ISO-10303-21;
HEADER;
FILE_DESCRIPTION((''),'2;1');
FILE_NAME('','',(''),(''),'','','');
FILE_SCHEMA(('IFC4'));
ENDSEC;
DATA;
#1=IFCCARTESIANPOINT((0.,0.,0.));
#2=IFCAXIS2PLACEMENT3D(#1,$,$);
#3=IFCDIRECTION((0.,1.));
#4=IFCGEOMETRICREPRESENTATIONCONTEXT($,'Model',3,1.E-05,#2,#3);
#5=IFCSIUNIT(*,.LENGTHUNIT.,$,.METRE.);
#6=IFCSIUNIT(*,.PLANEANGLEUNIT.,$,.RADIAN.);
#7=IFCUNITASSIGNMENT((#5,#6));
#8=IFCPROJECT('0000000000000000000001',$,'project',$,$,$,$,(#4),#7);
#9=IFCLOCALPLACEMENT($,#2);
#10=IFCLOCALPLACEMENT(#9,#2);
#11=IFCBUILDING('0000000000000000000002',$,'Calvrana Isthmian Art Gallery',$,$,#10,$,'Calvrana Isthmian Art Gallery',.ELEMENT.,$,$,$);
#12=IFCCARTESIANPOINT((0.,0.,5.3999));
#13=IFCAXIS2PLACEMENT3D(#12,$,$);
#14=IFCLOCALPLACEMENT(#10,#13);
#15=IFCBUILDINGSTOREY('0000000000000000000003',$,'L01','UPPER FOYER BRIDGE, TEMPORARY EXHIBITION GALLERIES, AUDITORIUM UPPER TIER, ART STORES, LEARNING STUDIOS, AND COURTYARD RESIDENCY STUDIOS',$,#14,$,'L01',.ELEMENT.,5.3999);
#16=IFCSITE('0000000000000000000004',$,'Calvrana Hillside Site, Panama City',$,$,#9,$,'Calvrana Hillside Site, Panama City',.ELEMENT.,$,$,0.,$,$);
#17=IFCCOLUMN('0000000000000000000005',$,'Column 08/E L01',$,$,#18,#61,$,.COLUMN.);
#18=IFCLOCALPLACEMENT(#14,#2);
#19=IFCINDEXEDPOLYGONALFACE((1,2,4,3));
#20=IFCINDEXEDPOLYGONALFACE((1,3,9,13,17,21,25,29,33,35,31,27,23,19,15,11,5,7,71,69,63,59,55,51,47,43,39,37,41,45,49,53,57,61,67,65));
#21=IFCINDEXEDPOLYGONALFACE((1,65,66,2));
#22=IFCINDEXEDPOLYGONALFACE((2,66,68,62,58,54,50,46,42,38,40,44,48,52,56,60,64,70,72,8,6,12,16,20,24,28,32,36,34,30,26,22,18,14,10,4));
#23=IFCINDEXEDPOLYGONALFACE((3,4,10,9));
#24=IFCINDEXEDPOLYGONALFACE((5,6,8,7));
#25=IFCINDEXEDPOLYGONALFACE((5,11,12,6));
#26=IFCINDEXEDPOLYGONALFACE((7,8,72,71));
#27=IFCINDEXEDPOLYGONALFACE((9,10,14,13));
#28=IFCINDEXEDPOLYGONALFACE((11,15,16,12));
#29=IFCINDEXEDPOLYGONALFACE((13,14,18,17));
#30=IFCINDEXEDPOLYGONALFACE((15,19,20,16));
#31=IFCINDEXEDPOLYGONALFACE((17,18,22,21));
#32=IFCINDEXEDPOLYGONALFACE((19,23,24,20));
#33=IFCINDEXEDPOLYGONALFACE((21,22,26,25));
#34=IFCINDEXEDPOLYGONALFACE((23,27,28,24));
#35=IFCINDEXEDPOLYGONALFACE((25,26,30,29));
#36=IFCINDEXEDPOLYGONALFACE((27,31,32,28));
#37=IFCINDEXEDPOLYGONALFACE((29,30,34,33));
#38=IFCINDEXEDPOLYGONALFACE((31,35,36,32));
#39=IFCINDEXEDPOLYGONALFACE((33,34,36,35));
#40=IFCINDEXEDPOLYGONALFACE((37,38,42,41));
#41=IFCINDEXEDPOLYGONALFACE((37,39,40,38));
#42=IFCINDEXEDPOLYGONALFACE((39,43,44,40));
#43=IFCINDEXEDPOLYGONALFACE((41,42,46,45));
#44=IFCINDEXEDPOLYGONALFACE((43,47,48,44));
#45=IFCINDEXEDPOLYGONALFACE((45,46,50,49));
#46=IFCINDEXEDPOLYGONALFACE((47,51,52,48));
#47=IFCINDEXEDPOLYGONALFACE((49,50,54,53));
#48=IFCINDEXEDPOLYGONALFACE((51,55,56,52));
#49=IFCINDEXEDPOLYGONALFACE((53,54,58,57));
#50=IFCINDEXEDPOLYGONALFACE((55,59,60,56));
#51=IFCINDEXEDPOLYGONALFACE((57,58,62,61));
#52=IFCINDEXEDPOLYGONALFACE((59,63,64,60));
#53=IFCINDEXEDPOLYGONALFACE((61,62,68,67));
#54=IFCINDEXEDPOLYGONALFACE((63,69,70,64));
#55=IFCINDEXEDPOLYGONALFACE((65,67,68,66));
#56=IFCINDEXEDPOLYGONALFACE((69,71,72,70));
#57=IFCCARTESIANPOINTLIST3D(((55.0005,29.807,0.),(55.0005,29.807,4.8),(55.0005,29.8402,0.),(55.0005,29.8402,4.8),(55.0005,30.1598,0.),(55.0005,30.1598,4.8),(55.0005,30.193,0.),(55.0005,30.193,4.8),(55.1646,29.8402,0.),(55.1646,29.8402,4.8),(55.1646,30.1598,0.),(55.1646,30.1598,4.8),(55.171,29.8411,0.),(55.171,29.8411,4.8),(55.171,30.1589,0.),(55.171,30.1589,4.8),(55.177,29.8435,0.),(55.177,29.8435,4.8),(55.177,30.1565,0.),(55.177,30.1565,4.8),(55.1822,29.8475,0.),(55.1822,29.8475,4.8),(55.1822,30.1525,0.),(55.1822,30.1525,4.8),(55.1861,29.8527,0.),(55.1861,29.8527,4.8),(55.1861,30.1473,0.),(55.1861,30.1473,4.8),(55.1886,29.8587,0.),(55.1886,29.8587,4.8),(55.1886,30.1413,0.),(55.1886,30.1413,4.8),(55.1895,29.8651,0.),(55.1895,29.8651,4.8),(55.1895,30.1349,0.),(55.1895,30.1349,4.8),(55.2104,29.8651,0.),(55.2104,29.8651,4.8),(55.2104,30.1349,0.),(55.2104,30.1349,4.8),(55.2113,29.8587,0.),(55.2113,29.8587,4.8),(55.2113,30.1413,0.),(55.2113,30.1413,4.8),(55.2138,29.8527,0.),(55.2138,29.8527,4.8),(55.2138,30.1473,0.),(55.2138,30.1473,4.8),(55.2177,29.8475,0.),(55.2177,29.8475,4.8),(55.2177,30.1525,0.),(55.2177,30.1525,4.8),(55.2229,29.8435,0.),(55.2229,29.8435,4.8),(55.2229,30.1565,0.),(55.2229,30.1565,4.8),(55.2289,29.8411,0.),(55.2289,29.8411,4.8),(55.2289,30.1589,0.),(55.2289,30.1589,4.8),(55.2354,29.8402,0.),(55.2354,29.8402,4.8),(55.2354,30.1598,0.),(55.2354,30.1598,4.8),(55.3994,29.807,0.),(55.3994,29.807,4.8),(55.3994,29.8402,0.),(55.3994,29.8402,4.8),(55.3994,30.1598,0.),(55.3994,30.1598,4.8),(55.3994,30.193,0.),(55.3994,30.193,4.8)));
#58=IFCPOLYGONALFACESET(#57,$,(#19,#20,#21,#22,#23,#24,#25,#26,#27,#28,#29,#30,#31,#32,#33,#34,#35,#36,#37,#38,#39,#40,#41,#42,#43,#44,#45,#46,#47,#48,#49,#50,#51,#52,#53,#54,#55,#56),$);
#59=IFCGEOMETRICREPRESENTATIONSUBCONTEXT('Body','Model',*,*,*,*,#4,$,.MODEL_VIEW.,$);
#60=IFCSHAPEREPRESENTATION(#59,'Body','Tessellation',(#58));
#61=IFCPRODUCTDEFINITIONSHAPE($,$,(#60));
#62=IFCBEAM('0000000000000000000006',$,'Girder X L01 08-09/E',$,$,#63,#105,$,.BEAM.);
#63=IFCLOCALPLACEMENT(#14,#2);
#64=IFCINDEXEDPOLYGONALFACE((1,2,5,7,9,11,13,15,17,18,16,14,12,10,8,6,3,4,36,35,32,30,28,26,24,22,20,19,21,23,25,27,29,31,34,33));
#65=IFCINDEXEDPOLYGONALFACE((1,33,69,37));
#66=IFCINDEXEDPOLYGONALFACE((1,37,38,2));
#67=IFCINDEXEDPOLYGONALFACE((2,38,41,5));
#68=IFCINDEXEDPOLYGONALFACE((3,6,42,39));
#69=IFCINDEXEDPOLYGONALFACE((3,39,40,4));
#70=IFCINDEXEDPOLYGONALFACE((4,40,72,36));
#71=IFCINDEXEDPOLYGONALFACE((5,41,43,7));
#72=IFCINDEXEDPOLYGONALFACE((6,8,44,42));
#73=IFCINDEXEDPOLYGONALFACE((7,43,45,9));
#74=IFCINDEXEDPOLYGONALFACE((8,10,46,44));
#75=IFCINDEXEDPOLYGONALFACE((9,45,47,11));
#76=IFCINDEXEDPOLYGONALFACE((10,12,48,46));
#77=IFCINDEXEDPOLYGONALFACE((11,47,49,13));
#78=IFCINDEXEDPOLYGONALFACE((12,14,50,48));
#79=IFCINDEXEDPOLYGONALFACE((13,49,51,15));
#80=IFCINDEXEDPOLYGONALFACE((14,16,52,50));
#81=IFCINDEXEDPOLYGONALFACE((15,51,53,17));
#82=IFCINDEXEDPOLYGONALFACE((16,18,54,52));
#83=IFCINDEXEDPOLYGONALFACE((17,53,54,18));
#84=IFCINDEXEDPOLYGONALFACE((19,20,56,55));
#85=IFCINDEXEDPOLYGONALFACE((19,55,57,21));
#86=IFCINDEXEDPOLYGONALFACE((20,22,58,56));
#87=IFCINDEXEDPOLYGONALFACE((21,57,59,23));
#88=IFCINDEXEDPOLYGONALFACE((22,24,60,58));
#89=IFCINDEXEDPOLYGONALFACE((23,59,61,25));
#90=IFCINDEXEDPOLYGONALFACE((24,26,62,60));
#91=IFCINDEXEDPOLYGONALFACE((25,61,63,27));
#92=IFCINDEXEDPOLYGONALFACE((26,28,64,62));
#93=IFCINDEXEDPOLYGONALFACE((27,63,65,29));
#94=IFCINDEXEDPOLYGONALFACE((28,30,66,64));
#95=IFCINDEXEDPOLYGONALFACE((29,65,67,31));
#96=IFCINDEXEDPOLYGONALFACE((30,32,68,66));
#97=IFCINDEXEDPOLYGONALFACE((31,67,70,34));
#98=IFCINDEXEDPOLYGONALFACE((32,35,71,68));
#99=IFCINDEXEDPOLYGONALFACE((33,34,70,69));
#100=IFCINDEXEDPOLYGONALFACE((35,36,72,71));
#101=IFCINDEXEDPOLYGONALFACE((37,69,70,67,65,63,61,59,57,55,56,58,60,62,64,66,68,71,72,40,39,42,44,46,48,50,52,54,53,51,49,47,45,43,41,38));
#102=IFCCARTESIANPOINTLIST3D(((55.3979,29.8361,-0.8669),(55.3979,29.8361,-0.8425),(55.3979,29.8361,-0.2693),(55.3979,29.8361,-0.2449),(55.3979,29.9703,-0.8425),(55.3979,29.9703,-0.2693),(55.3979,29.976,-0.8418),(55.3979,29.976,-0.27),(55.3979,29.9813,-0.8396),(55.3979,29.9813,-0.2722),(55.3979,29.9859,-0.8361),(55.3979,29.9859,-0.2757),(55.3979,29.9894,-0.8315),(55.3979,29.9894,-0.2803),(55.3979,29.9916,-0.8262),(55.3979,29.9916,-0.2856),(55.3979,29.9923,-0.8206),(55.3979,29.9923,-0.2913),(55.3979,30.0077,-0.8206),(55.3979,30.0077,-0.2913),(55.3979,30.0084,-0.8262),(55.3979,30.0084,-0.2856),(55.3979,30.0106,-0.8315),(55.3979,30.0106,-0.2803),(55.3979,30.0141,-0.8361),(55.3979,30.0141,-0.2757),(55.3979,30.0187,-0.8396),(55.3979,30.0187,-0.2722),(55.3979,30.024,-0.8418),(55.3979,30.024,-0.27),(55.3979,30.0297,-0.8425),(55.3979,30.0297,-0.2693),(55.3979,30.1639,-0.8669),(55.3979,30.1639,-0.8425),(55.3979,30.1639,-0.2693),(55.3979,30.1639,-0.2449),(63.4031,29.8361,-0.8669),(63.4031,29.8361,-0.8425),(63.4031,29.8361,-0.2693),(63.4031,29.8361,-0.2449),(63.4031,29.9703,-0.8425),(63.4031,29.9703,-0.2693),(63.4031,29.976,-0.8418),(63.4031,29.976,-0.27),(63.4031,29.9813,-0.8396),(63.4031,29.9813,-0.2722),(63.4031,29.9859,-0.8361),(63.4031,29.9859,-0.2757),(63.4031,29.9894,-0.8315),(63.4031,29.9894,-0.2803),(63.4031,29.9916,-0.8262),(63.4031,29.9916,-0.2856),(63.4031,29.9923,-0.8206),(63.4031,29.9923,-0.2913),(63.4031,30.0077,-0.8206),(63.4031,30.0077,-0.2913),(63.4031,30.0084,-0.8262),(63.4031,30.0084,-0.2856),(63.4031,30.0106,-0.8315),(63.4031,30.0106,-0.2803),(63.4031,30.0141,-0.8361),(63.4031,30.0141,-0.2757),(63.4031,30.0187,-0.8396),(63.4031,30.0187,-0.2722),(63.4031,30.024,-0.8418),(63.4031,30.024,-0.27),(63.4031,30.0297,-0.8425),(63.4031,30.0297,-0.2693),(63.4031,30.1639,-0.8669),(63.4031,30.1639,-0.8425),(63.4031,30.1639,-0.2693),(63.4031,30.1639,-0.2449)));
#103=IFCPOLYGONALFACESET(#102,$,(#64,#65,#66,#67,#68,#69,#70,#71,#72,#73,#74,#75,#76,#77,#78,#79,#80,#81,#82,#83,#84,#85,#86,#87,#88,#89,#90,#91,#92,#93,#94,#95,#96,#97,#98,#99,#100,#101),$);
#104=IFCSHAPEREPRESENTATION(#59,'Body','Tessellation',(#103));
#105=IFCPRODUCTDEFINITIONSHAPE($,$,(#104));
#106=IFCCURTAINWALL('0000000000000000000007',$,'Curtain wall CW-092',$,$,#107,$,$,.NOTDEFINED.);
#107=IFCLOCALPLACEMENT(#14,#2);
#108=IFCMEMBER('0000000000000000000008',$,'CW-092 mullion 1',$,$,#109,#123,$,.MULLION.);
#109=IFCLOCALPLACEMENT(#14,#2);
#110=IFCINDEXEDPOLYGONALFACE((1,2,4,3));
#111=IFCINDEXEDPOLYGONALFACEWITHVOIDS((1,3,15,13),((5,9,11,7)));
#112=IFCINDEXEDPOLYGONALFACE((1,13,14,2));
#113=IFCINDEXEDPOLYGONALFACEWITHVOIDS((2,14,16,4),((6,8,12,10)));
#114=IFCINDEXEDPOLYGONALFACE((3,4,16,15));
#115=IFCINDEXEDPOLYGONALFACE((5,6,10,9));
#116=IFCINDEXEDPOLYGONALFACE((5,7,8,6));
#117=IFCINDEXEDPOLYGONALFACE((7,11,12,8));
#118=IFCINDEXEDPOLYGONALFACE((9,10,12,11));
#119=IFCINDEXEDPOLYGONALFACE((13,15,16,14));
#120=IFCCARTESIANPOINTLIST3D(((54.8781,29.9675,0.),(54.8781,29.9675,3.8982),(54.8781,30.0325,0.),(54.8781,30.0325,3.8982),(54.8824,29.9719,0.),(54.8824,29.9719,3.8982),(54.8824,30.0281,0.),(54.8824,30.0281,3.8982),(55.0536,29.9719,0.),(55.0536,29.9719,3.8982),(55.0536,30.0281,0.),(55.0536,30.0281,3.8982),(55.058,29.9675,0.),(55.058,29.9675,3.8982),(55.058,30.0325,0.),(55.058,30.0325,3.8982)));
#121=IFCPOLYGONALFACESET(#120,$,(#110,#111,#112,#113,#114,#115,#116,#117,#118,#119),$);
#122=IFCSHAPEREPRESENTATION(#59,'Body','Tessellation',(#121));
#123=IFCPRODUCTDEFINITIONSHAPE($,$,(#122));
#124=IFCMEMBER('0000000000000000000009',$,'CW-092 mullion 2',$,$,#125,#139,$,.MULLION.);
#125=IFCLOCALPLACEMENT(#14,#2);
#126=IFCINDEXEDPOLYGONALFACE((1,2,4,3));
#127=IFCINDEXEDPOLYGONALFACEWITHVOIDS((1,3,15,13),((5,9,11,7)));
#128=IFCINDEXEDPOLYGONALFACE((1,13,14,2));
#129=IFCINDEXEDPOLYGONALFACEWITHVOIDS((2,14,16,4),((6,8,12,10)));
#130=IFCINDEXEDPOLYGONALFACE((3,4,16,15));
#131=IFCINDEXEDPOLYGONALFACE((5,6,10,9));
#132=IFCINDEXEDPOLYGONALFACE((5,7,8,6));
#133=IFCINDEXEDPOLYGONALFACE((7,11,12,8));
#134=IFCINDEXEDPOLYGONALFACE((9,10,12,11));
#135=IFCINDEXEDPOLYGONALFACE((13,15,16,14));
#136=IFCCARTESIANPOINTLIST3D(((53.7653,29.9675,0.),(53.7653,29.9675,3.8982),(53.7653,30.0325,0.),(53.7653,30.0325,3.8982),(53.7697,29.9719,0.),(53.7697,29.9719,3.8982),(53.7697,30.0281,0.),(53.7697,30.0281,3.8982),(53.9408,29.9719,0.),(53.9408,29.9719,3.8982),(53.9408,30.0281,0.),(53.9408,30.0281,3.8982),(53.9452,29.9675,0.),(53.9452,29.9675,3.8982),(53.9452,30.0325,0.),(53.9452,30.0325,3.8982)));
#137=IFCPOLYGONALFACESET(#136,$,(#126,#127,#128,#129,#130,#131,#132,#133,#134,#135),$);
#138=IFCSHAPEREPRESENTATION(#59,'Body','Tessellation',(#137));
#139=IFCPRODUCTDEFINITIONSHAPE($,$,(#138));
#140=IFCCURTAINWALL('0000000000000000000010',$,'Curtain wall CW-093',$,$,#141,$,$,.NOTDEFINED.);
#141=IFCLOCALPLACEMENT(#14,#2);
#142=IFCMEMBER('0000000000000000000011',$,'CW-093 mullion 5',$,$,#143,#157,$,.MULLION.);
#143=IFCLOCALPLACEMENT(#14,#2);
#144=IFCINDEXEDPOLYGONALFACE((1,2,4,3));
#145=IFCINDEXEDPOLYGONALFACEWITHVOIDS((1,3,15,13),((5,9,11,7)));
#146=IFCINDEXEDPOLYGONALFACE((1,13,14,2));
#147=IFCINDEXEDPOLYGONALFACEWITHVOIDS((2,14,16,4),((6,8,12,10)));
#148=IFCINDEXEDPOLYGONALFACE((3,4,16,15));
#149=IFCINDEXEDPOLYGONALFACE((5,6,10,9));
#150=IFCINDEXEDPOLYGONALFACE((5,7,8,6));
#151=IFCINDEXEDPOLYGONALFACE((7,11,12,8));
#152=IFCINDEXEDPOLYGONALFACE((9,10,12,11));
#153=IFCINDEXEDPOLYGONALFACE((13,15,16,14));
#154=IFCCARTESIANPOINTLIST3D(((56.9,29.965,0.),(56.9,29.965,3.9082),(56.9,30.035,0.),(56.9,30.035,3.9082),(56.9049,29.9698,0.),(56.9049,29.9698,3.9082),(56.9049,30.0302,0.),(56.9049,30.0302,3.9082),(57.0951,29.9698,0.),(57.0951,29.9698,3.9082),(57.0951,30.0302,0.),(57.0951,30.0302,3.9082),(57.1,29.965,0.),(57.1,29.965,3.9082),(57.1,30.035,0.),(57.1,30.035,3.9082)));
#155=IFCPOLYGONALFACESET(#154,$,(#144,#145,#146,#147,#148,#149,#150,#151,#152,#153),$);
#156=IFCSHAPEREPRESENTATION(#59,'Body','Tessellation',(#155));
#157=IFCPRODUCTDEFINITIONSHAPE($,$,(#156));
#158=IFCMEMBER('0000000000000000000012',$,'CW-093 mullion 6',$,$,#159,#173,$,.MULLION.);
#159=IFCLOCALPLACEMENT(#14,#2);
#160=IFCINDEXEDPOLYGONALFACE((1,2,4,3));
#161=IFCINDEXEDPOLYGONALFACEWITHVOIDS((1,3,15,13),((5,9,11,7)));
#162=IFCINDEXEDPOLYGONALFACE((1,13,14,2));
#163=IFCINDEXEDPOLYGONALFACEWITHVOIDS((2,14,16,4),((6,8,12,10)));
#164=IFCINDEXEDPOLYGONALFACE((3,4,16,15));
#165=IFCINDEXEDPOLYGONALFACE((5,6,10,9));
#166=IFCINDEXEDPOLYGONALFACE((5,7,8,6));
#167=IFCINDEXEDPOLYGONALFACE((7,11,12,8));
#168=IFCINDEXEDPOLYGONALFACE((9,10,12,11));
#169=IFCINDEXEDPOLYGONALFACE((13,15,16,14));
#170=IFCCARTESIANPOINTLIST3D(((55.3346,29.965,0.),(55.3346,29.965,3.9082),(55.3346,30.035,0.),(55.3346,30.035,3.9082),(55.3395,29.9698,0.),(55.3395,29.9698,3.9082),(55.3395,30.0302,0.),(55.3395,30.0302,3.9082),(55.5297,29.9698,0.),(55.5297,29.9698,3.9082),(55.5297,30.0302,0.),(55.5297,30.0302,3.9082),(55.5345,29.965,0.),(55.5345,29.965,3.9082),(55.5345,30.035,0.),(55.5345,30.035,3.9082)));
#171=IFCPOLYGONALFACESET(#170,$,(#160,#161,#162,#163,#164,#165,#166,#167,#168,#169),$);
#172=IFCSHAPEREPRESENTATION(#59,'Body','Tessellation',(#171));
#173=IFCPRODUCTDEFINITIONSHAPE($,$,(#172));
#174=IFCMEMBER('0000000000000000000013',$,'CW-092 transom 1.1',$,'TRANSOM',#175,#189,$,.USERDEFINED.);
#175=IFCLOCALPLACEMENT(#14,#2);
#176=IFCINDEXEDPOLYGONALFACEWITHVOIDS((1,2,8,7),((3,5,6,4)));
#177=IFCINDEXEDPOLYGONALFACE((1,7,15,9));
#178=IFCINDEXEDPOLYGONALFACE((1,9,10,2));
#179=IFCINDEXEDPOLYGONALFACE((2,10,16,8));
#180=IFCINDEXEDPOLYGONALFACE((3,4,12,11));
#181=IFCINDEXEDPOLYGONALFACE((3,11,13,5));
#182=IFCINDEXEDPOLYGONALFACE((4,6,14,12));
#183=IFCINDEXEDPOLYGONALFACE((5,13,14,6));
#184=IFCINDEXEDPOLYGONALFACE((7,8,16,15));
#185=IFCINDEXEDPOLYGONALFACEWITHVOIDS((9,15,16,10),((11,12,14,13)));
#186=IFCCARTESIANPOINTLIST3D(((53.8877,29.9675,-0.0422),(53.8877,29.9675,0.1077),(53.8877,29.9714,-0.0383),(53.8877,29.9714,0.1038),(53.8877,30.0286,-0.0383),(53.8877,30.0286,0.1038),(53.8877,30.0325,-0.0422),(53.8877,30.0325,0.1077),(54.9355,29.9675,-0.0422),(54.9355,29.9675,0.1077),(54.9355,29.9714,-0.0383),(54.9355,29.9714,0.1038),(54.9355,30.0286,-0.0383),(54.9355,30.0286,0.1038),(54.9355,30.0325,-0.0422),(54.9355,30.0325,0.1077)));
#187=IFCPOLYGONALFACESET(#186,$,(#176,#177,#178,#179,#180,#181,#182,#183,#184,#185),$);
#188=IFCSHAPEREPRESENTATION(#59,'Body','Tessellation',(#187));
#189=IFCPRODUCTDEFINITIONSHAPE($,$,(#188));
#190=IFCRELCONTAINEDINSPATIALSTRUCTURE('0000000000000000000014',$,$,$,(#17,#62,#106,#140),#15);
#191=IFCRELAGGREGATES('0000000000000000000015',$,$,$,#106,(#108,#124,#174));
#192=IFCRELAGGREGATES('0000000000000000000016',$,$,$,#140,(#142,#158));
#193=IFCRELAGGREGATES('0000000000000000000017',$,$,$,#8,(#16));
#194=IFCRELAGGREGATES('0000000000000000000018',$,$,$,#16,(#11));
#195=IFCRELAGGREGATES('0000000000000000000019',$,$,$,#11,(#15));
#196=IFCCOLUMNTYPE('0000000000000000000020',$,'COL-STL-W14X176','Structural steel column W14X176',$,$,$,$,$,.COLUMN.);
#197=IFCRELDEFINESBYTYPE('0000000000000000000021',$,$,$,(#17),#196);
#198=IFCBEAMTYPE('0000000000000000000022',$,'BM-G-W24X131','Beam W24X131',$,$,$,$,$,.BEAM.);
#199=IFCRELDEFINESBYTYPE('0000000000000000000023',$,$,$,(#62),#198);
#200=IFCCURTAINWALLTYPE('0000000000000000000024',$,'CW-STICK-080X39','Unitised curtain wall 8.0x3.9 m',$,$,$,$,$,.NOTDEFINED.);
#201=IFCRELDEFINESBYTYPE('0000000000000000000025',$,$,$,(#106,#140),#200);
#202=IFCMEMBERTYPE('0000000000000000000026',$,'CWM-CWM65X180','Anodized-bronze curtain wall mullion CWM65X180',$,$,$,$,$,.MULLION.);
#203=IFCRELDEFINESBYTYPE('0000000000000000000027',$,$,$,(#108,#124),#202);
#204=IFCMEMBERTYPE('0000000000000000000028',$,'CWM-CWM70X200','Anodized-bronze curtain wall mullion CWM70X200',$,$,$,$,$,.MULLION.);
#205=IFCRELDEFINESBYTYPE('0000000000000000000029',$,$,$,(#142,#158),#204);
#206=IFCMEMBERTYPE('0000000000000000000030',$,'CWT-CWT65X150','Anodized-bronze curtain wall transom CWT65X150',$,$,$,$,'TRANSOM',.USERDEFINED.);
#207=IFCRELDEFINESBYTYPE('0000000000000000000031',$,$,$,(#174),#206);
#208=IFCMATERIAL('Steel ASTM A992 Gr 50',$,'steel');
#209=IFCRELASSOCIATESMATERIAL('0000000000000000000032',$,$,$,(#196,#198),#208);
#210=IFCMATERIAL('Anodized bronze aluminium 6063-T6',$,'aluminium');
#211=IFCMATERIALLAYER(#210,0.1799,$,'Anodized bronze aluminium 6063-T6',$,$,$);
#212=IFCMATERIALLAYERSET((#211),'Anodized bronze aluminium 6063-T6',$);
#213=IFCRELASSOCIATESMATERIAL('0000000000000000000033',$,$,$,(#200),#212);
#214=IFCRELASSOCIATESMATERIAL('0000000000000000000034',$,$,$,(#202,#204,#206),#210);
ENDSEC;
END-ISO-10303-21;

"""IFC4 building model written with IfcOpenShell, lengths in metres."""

from ifc_helpers import new_model, si_unit, direction, frame, origin, origin_2d, place, context, subcontext, project, spatial, hollow_rectangle, i_section, extrude, material, layer, layer_set, material_profile, profile_set, type_object, element, aggregate, save


model = new_model("IFC4")

# Units and contexts
model_context = context("Model", 3, precision=1e-05, world=origin(), true_north=direction((0.0, 1.0)))
body_context = subcontext(model_context, "Body", "Model", "MODEL_VIEW")
ifc_project = project(units=[si_unit("LENGTHUNIT", "METRE"), si_unit("PLANEANGLEUNIT", "RADIAN")], contexts=[model_context])

# Site, building, storey
site_placement = place(None, origin())
site = spatial("IfcSite", under=ifc_project, at=site_placement, Name="Calvrana Hillside Site, Panama City", LongName="Calvrana Hillside Site, Panama City", CompositionType="ELEMENT", RefElevation=0.0)
building_placement = place(site_placement, origin())
building = spatial("IfcBuilding", under=site, at=building_placement, Name="Calvrana Isthmian Art Gallery", LongName="Calvrana Isthmian Art Gallery", CompositionType="ELEMENT")
storey_placement = place(building_placement, frame((0.0, 0.0, 5.3999)))
storey = spatial("IfcBuildingStorey", under=building, at=storey_placement, Name="L01", Description="UPPER FOYER BRIDGE, TEMPORARY EXHIBITION GALLERIES, AUDITORIUM UPPER TIER, ART STORES, LEARNING STUDIOS, AND COURTYARD RESIDENCY STUDIOS", LongName="L01", CompositionType="ELEMENT", Elevation=5.3999)

# Column
ifc_material_1 = material(Name="Steel ASTM A992 Gr 50", Category="steel")
ifc_material_profile_1 = material_profile(ifc_material_1, i_section(OverallWidth=0.3989, OverallDepth=0.386, WebThickness=0.021, FlangeThickness=0.0332, FilletRadius=0.0249, at=origin_2d()), Name="W14X176")
ifc_profile_set_1 = profile_set([ifc_material_profile_1], Name="Steel ASTM A992 Gr 50")
column_type = type_object("IfcColumnType", Name="COL-STL-W14X176", Description="Structural steel column W14X176", PredefinedType="COLUMN", material=ifc_profile_set_1)
column_placement = place(storey_placement, frame((55.2, 30.0, 0.0), z_axis=(0.0, 0.0, 1.0), x_axis=(1.0, 0.0, 0.0)))
element("IfcColumn", 1, at=column_placement, inside=storey, type_object=column_type, Name="Column 08/E L01", PredefinedType="COLUMN", context=body_context, shape_type="SweptSolid", body=[
    extrude(i_section(OverallWidth=0.3989, OverallDepth=0.386, WebThickness=0.021, FlangeThickness=0.0332, FilletRadius=0.0249, at=origin_2d()), origin(), (0.0, 0.0, 1.0), 4.8),
])

# Beam
ifc_material_profile_2 = material_profile(ifc_material_1, i_section(OverallWidth=0.3279, OverallDepth=0.6221, WebThickness=0.0154, FlangeThickness=0.0244, FilletRadius=0.022, at=origin_2d()), Name="W24X131")
ifc_profile_set_2 = profile_set([ifc_material_profile_2], Name="Steel ASTM A992 Gr 50")
beam_type = type_object("IfcBeamType", Name="BM-G-W24X131", Description="Beam W24X131", PredefinedType="BEAM", material=ifc_profile_set_2)
beam_placement = place(storey_placement, frame((55.3979, 30.0, -0.5559), z_axis=(1.0, 0.0, 0.0), x_axis=(0.0, 1.0, 0.0)))
element("IfcBeam", 2, at=beam_placement, inside=storey, type_object=beam_type, Name="Girder X L01 08-09/E", PredefinedType="BEAM", context=body_context, shape_type="SweptSolid", body=[
    extrude(i_section(OverallWidth=0.3279, OverallDepth=0.6221, WebThickness=0.0154, FlangeThickness=0.0244, FilletRadius=0.022, at=origin_2d()), origin(), (0.0, 0.0, 1.0), 8.0051),
])

# Curtain walls, members
ifc_material_2 = material(Name="Anodized bronze aluminium 6063-T6", Category="aluminium")
ifc_layer_1 = layer(ifc_material_2, 0.1799, Name="Anodized bronze aluminium 6063-T6")
ifc_layer_set_1 = layer_set([ifc_layer_1], Name="Anodized bronze aluminium 6063-T6")
curtain_wall_type = type_object("IfcCurtainWallType", Name="CW-STICK-080X39", Description="Unitised curtain wall 8.0x3.9 m", PredefinedType="NOTDEFINED", material=ifc_layer_set_1)
curtain_wall_1_placement = place(storey_placement, origin())
curtain_wall_1 = element("IfcCurtainWall", 3, at=curtain_wall_1_placement, inside=storey, type_object=curtain_wall_type, Name="Curtain wall CW-092", PredefinedType="NOTDEFINED")
ifc_material_profile_3 = material_profile(ifc_material_2, hollow_rectangle(XDim=0.0649, YDim=0.1799, WallThickness=0.0044, at=origin_2d()), Name="CWM65X180")
ifc_profile_set_3 = profile_set([ifc_material_profile_3], Name="Anodized bronze aluminium 6063-T6")
member_type_1 = type_object("IfcMemberType", Name="CWM-CWM65X180", Description="Anodized-bronze curtain wall mullion CWM65X180", PredefinedType="MULLION", material=ifc_profile_set_3)
member_1_placement = place(storey_placement, frame((54.968, 30.0, 0.0), z_axis=(0.0, 0.0, 1.0), x_axis=(0.0, -1.0, 0.0)))
member_1 = element("IfcMember", 4, at=member_1_placement, type_object=member_type_1, Name="CW-092 mullion 1", PredefinedType="MULLION", context=body_context, shape_type="SweptSolid", body=[
    extrude(hollow_rectangle(XDim=0.0649, YDim=0.1799, WallThickness=0.0044, at=origin_2d()), origin(), (0.0, 0.0, 1.0), 3.8982),
])
member_2_placement = place(storey_placement, frame((53.8552, 30.0, 0.0), z_axis=(0.0, 0.0, 1.0), x_axis=(0.0, -1.0, 0.0)))
member_2 = element("IfcMember", 5, at=member_2_placement, type_object=member_type_1, Name="CW-092 mullion 2", PredefinedType="MULLION", context=body_context, shape_type="SweptSolid", body=[
    extrude(hollow_rectangle(XDim=0.0649, YDim=0.1799, WallThickness=0.0044, at=origin_2d()), origin(), (0.0, 0.0, 1.0), 3.8982),
])
curtain_wall_2_placement = place(storey_placement, origin())
curtain_wall_2 = element("IfcCurtainWall", 6, at=curtain_wall_2_placement, inside=storey, type_object=curtain_wall_type, Name="Curtain wall CW-093", PredefinedType="NOTDEFINED")
ifc_material_profile_4 = material_profile(ifc_material_2, hollow_rectangle(XDim=0.0701, YDim=0.2, WallThickness=0.0049, at=origin_2d()), Name="CWM70X200")
ifc_profile_set_4 = profile_set([ifc_material_profile_4], Name="Anodized bronze aluminium 6063-T6")
member_type_2 = type_object("IfcMemberType", Name="CWM-CWM70X200", Description="Anodized-bronze curtain wall mullion CWM70X200", PredefinedType="MULLION", material=ifc_profile_set_4)
member_3_placement = place(storey_placement, frame((57.0, 30.0, 0.0), z_axis=(0.0, 0.0, 1.0), x_axis=(0.0, -1.0, 0.0)))
member_3 = element("IfcMember", 7, at=member_3_placement, type_object=member_type_2, Name="CW-093 mullion 5", PredefinedType="MULLION", context=body_context, shape_type="SweptSolid", body=[
    extrude(hollow_rectangle(XDim=0.0701, YDim=0.2, WallThickness=0.0049, at=origin_2d()), origin(), (0.0, 0.0, 1.0), 3.9082),
])
member_4_placement = place(storey_placement, frame((55.4346, 30.0, 0.0), z_axis=(0.0, 0.0, 1.0), x_axis=(0.0, -1.0, 0.0)))
member_4 = element("IfcMember", 8, at=member_4_placement, type_object=member_type_2, Name="CW-093 mullion 6", PredefinedType="MULLION", context=body_context, shape_type="SweptSolid", body=[
    extrude(hollow_rectangle(XDim=0.0701, YDim=0.2, WallThickness=0.0049, at=origin_2d()), origin(), (0.0, 0.0, 1.0), 3.9082),
])

# Member
ifc_material_profile_5 = material_profile(ifc_material_2, hollow_rectangle(XDim=0.0649, YDim=0.1499, WallThickness=0.0039, at=origin_2d()), Name="CWT65X150")
ifc_profile_set_5 = profile_set([ifc_material_profile_5], Name="Anodized bronze aluminium 6063-T6")
member_type_3 = type_object("IfcMemberType", Name="CWT-CWT65X150", Description="Anodized-bronze curtain wall transom CWT65X150", ElementType="TRANSOM", PredefinedType="USERDEFINED", material=ifc_profile_set_5)
member_5_placement = place(storey_placement, frame((54.9355, 30.0, 0.0327), z_axis=(-1.0, 0.0, 0.0), x_axis=(0.0, -1.0, 0.0)))
member_5 = element("IfcMember", 9, at=member_5_placement, type_object=member_type_3, Name="CW-092 transom 1.1", ObjectType="TRANSOM", PredefinedType="USERDEFINED", context=body_context, shape_type="SweptSolid", body=[
    extrude(hollow_rectangle(XDim=0.0649, YDim=0.1499, WallThickness=0.0039, at=origin_2d()), origin(), (0.0, 0.0, 1.0), 1.0479),
])

aggregate(curtain_wall_1, [member_1, member_2, member_5])
aggregate(curtain_wall_2, [member_3, member_4])

save(model, "model.ifc")
